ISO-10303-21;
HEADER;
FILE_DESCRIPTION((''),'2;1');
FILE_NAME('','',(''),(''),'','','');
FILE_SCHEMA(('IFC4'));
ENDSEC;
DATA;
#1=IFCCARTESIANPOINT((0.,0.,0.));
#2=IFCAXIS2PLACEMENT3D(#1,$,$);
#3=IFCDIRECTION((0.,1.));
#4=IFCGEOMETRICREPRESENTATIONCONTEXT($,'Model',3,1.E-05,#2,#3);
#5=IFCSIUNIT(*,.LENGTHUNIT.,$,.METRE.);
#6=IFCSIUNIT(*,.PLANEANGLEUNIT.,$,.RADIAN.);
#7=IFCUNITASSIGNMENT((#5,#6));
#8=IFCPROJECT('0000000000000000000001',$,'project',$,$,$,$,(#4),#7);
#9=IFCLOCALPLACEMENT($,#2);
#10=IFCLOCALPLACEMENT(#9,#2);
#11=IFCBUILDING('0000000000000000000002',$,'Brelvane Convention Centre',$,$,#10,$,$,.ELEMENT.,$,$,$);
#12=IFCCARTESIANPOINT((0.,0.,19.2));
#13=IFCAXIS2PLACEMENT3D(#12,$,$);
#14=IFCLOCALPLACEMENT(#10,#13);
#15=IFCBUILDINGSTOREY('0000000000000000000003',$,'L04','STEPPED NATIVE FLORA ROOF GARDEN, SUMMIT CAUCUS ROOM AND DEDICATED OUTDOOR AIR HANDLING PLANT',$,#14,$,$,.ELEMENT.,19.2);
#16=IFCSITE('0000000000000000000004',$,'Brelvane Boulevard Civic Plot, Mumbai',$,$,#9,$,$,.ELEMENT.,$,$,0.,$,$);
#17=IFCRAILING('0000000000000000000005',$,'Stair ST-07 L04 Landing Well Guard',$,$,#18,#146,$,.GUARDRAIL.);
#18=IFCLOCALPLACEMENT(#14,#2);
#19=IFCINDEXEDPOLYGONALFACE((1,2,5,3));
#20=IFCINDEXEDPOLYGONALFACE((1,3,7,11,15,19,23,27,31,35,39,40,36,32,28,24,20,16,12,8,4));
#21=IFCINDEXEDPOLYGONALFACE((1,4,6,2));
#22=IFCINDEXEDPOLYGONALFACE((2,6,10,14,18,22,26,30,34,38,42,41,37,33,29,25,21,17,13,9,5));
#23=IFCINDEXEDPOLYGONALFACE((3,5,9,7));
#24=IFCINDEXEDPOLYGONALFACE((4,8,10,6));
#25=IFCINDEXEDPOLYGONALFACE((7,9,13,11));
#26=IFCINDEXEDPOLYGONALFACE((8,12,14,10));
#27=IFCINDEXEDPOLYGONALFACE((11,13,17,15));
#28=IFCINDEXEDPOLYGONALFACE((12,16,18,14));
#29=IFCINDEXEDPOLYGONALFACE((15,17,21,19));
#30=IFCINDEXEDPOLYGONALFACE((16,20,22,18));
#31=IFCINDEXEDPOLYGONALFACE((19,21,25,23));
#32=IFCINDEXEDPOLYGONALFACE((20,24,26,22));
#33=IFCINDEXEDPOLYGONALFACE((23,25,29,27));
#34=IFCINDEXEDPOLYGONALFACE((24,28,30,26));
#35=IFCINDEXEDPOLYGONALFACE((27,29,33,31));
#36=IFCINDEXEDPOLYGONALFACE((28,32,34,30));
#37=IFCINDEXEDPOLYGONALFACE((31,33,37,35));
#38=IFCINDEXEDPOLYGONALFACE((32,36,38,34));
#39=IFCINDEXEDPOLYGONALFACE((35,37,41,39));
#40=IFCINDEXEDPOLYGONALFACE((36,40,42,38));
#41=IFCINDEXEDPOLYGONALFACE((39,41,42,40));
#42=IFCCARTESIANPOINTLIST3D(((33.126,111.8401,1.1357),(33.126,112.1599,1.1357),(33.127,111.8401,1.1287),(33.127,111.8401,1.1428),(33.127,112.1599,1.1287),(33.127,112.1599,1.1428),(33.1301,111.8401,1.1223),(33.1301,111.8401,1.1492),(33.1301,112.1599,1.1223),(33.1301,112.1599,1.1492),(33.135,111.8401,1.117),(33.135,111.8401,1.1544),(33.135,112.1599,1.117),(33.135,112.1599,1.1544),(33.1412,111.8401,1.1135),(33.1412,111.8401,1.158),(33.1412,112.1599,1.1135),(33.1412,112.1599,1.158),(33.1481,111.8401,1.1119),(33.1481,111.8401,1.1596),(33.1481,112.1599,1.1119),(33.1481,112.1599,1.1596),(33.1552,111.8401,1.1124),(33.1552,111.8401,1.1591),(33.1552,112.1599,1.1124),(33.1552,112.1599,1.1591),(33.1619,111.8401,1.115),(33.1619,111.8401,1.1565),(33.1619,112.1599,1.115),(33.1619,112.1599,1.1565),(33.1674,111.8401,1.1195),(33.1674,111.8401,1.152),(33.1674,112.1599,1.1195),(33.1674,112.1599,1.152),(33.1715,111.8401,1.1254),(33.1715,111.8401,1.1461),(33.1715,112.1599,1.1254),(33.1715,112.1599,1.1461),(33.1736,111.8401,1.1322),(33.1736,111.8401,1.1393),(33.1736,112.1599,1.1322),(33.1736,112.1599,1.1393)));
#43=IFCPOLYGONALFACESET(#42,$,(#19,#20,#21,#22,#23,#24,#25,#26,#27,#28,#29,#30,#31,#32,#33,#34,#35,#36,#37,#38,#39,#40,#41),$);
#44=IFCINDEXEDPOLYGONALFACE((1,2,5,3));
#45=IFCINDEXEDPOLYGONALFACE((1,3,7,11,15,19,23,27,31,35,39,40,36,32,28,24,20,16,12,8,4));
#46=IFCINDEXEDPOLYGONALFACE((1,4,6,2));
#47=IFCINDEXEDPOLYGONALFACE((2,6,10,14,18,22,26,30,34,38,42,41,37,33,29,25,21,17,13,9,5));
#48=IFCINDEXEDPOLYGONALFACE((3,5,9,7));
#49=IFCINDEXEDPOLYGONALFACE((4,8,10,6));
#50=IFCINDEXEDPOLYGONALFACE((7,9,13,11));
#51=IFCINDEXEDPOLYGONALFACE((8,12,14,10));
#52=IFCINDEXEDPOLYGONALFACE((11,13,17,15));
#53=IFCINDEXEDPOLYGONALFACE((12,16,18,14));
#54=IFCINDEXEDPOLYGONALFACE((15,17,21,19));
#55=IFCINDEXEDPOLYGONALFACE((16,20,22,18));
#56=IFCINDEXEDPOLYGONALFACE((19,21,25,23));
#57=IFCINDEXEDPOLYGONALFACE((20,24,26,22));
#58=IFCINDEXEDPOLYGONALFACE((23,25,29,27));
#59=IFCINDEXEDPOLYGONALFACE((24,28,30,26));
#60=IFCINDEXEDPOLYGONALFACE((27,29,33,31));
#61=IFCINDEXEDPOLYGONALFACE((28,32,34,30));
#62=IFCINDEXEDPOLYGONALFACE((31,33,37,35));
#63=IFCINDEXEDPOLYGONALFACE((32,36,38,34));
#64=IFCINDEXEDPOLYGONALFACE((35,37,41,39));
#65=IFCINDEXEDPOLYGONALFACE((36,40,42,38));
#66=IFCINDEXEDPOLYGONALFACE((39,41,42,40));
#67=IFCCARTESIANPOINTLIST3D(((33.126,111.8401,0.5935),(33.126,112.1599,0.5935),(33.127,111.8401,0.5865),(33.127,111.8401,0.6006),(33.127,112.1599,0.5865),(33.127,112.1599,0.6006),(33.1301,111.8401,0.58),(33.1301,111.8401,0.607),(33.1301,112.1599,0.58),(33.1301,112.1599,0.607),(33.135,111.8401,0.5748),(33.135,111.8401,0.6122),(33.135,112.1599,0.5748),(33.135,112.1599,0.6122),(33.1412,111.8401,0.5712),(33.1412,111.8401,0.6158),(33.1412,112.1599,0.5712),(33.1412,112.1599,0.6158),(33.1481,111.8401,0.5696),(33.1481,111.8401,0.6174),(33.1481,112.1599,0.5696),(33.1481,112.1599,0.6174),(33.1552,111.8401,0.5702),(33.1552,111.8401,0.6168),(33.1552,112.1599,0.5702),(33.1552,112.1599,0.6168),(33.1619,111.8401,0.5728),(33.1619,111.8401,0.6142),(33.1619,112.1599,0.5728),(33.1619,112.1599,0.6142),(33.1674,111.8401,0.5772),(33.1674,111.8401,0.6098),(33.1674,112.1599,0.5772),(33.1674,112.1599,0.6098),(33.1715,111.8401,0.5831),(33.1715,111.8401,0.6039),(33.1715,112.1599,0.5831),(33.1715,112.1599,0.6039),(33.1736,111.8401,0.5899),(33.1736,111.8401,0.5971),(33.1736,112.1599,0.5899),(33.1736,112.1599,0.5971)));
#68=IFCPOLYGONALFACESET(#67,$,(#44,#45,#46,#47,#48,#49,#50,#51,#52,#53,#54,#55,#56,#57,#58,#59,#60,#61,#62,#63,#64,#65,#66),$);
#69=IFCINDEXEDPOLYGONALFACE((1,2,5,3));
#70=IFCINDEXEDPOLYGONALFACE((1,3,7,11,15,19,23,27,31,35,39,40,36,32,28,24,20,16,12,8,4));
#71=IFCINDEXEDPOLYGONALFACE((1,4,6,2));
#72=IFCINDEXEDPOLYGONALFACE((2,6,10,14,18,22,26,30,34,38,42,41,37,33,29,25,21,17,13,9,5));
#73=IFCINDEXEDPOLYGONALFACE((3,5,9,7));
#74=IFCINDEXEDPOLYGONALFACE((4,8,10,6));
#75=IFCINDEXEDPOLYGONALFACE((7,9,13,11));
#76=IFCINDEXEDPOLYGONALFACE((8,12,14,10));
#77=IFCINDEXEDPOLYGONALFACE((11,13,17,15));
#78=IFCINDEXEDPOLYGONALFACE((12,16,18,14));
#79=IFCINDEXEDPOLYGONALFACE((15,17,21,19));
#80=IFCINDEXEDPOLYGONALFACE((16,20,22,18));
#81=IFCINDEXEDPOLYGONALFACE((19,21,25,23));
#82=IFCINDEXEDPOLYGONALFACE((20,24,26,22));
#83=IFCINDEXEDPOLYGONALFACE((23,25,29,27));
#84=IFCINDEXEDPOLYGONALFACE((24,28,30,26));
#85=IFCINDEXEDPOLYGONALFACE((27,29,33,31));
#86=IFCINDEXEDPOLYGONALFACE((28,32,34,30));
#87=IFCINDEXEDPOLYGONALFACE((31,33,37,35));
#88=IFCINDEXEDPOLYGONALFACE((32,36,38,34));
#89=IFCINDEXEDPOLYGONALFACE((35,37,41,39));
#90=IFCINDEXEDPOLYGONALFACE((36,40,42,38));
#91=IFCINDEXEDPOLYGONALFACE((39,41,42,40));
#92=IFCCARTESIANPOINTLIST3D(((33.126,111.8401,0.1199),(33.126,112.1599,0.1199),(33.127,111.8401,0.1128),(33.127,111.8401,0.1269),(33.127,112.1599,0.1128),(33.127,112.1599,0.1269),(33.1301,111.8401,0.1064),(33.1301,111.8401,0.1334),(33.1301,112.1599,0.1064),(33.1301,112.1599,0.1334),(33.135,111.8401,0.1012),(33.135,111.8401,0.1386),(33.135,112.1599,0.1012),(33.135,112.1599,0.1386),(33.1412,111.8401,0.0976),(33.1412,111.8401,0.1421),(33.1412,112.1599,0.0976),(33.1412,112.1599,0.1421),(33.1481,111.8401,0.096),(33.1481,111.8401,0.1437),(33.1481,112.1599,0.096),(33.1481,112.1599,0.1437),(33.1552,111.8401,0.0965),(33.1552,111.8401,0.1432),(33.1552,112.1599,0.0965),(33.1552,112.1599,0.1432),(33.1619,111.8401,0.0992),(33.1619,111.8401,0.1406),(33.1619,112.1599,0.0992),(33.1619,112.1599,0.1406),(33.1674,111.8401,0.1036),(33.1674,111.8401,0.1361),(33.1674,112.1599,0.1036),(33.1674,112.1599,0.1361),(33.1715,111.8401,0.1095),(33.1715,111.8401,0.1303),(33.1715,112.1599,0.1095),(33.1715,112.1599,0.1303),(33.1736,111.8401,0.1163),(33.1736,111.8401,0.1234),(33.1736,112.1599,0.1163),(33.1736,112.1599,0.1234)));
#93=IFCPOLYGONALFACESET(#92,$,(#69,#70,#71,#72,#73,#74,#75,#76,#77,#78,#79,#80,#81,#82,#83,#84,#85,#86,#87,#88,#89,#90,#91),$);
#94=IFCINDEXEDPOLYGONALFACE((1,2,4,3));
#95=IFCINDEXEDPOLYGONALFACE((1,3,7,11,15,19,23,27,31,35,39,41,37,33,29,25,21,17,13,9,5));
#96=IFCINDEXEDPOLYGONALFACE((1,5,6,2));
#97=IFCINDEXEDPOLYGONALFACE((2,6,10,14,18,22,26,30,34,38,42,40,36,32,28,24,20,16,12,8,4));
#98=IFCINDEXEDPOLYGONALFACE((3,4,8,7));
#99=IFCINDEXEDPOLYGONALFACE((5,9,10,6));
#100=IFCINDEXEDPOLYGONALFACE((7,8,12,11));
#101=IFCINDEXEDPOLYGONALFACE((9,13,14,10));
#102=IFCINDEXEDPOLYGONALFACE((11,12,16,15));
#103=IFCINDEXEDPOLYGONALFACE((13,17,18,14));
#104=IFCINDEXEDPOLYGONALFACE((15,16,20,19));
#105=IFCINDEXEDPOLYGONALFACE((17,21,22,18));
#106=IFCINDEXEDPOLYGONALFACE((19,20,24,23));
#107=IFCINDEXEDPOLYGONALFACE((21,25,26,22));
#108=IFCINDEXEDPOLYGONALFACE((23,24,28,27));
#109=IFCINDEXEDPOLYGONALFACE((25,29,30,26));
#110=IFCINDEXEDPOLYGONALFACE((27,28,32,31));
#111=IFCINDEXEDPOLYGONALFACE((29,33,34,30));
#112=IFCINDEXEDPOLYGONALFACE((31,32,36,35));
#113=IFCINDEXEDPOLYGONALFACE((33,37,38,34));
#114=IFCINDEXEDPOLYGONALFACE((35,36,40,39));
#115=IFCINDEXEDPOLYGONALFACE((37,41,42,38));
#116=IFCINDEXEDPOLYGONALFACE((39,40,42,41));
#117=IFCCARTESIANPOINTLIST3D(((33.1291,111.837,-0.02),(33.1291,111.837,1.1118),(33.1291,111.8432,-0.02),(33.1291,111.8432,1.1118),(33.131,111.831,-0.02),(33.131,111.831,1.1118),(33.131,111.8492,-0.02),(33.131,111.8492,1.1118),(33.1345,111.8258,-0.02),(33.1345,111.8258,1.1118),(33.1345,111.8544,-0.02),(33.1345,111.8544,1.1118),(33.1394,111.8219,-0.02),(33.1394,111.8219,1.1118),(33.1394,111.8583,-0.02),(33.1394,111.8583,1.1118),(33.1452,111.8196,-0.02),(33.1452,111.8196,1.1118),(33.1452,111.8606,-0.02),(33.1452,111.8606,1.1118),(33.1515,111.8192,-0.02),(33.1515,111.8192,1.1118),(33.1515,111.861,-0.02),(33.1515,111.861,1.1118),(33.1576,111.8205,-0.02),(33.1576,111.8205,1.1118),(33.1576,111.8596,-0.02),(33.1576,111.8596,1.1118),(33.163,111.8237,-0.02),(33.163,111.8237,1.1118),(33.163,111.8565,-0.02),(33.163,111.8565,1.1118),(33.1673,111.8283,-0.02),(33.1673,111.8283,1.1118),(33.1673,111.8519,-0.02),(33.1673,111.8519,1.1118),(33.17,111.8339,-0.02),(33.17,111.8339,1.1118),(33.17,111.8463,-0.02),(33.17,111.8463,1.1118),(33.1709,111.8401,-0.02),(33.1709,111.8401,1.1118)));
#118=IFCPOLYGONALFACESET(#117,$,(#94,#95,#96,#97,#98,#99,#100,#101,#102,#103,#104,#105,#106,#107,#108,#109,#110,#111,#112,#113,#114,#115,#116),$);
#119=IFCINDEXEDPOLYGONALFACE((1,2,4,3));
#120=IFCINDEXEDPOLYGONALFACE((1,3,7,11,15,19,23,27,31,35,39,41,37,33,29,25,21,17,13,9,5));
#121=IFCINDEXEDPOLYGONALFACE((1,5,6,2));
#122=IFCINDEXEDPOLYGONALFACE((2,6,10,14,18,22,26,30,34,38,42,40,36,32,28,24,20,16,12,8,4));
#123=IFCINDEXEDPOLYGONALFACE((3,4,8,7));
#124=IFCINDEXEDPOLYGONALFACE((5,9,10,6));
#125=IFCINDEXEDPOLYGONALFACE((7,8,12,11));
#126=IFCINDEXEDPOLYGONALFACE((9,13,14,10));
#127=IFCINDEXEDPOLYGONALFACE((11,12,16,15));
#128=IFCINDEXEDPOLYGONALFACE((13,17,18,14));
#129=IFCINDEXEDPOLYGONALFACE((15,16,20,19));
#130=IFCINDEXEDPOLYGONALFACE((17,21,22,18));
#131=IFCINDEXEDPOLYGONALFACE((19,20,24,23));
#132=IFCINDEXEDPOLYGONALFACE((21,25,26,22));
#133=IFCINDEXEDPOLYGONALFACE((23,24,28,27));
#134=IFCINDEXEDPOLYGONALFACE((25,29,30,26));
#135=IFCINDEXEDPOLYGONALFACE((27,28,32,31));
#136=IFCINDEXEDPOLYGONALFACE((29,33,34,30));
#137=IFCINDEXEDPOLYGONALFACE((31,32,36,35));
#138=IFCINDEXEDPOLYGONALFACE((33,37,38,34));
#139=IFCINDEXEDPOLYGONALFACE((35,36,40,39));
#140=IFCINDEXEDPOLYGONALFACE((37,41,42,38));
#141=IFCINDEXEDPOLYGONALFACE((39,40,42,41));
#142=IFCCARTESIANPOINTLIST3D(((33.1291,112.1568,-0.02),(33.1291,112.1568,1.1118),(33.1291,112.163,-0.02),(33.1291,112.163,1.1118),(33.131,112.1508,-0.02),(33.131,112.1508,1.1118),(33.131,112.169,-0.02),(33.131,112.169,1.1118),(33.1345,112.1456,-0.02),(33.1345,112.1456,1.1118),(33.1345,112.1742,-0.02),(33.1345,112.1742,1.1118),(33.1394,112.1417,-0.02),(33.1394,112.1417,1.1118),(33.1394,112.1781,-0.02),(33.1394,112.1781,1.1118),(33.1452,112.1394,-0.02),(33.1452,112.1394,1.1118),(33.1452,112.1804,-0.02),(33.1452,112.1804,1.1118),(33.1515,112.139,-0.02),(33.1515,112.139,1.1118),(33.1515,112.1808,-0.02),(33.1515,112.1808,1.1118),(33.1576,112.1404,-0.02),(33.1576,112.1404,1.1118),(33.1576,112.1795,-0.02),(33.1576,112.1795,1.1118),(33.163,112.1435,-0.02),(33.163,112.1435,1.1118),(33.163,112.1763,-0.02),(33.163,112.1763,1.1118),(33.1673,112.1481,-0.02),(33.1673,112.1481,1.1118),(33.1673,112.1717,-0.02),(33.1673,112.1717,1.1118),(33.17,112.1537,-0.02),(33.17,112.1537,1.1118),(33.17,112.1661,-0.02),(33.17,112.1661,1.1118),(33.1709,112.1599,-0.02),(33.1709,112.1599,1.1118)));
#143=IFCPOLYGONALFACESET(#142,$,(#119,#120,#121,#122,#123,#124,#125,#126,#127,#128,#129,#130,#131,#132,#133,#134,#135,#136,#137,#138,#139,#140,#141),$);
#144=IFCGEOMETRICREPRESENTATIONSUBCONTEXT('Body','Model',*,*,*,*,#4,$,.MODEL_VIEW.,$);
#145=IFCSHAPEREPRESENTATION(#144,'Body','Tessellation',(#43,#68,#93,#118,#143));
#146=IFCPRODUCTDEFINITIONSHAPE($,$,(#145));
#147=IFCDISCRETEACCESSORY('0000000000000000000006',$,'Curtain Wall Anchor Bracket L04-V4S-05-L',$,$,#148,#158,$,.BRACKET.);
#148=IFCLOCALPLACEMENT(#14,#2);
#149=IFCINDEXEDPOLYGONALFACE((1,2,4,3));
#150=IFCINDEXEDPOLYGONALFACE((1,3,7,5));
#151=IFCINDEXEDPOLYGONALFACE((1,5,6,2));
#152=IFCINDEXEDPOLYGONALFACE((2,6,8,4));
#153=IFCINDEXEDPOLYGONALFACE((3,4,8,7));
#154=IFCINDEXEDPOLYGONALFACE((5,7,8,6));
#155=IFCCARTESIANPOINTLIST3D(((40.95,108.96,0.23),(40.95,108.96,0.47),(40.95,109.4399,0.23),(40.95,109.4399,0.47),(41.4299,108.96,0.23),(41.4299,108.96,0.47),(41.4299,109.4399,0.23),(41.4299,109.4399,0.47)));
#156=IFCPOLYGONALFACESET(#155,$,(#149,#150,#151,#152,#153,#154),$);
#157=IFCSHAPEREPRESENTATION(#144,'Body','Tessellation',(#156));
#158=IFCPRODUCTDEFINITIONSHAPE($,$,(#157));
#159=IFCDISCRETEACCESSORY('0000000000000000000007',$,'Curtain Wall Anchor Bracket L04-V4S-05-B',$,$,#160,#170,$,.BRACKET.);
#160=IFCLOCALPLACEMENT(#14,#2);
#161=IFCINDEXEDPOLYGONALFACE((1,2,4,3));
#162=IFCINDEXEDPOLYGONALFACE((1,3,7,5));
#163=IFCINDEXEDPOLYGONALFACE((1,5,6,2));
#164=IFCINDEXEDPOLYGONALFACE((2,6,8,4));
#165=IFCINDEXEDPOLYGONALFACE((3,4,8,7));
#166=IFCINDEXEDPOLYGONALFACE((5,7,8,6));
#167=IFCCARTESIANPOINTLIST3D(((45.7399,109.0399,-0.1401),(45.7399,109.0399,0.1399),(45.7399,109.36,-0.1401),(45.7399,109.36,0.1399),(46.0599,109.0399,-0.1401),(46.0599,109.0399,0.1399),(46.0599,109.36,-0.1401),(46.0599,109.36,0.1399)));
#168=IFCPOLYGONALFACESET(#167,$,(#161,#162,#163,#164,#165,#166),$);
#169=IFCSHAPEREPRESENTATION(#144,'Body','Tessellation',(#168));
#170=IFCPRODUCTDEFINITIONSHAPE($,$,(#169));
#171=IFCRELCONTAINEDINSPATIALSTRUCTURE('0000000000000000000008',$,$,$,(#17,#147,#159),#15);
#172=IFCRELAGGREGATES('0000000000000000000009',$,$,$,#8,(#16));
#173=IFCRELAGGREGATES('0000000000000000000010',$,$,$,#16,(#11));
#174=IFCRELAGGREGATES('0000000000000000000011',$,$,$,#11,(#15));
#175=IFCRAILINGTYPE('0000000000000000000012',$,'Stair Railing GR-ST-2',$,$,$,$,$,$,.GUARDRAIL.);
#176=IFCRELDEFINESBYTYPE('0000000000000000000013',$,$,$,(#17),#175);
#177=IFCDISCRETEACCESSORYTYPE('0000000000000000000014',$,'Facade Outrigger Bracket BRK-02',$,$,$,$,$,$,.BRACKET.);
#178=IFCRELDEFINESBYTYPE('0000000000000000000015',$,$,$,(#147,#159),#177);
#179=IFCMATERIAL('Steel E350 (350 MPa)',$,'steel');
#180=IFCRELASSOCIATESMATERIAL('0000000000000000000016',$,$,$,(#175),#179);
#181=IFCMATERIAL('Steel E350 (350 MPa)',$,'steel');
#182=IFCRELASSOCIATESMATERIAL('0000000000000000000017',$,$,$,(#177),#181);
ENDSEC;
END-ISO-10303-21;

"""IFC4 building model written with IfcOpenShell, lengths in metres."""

from ifc_helpers import new_model, si_unit, direction, frame, origin, origin_2d, place, context, subcontext, project, spatial, rectangle, circle, extrude, material, type_object, element, save


model = new_model("IFC4")

# Units and contexts
model_context = context("Model", 3, precision=1e-05, world=origin(), true_north=direction((0.0, 1.0)))
body_context = subcontext(model_context, "Body", "Model", "MODEL_VIEW")
ifc_project = project(units=[si_unit("LENGTHUNIT", "METRE"), si_unit("PLANEANGLEUNIT", "RADIAN")], contexts=[model_context])

# Site, building, storey
site_placement = place(None, origin())
site = spatial("IfcSite", under=ifc_project, at=site_placement, Name="Brelvane Boulevard Civic Plot, Mumbai", CompositionType="ELEMENT", RefElevation=0.0)
building_placement = place(site_placement, origin())
building = spatial("IfcBuilding", under=site, at=building_placement, Name="Brelvane Convention Centre", CompositionType="ELEMENT")
storey_placement = place(building_placement, frame((0.0, 0.0, 19.2)))
storey = spatial("IfcBuildingStorey", under=building, at=storey_placement, Name="L04", Description="STEPPED NATIVE FLORA ROOF GARDEN, SUMMIT CAUCUS ROOM AND DEDICATED OUTDOOR AIR HANDLING PLANT", CompositionType="ELEMENT", Elevation=19.2)

# Railing
ifc_material_1 = material(Name="Steel E350 (350 MPa)", Category="steel")
railing_type_1 = type_object("IfcRailingType", Name="Stair Railing GR-ST-2", PredefinedType="GUARDRAIL", material=ifc_material_1)
railing_1_placement = place(storey_placement, frame((33.1499, 111.8401, -0.02)))
element("IfcRailing", 1, at=railing_1_placement, inside=storey, type_object=railing_type_1, Name="Stair ST-07 L04 Landing Well Guard", PredefinedType="GUARDRAIL", context=body_context, shape_type="SweptSolid", body=[
    extrude(circle(Radius=0.0239, at=origin_2d()), frame((0.0, 0.0, 1.1558), z_axis=(0.0, 1.0, 0.0), x_axis=(-1.0, 0.0, 0.0)), (0.0, 0.0, 1.0), 0.3198),
    extrude(circle(Radius=0.0239, at=origin_2d()), frame((0.0, 0.0, 0.6135), z_axis=(0.0, 1.0, 0.0), x_axis=(-1.0, 0.0, 0.0)), (0.0, 0.0, 1.0), 0.3198),
    extrude(circle(Radius=0.0239, at=origin_2d()), frame((0.0, 0.0, 0.1399), z_axis=(0.0, 1.0, 0.0), x_axis=(-1.0, 0.0, 0.0)), (0.0, 0.0, 1.0), 0.3198),
    extrude(circle(Radius=0.021, at=origin_2d()), origin(), (0.0, 0.0, 1.0), 1.1318),
    extrude(circle(Radius=0.021, at=origin_2d()), frame((0.0, 0.3198, 0.0)), (0.0, 0.0, 1.0), 1.1318),
])

# Discrete accessories
ifc_material_2 = material(Name="Steel E350 (350 MPa)", Category="steel")
discrete_accessory_type = type_object("IfcDiscreteAccessoryType", Name="Facade Outrigger Bracket BRK-02", PredefinedType="BRACKET", material=ifc_material_2)
discrete_accessory_1_placement = place(storey_placement, frame((41.1899, 109.2, 0.23), z_axis=(0.0, 0.0, 1.0), x_axis=(1.0, 0.0, 0.0)))
element("IfcDiscreteAccessory", 2, at=discrete_accessory_1_placement, inside=storey, type_object=discrete_accessory_type, Name="Curtain Wall Anchor Bracket L04-V4S-05-L", PredefinedType="BRACKET", context=body_context, shape_type="SweptSolid", body=[
    extrude(rectangle(XDim=0.48, YDim=0.48, at=origin_2d()), origin(), (0.0, 0.0, 1.0), 0.24),
])
discrete_accessory_2_placement = place(storey_placement, frame((45.8999, 109.2, -0.1401), z_axis=(0.0, 0.0, 1.0), x_axis=(1.0, 0.0, 0.0)))
element("IfcDiscreteAccessory", 3, at=discrete_accessory_2_placement, inside=storey, type_object=discrete_accessory_type, Name="Curtain Wall Anchor Bracket L04-V4S-05-B", PredefinedType="BRACKET", context=body_context, shape_type="SweptSolid", body=[
    extrude(rectangle(XDim=0.3201, YDim=0.3201, at=origin_2d()), origin(), (0.0, 0.0, 1.0), 0.28),
])

save(model, "model.ifc")
